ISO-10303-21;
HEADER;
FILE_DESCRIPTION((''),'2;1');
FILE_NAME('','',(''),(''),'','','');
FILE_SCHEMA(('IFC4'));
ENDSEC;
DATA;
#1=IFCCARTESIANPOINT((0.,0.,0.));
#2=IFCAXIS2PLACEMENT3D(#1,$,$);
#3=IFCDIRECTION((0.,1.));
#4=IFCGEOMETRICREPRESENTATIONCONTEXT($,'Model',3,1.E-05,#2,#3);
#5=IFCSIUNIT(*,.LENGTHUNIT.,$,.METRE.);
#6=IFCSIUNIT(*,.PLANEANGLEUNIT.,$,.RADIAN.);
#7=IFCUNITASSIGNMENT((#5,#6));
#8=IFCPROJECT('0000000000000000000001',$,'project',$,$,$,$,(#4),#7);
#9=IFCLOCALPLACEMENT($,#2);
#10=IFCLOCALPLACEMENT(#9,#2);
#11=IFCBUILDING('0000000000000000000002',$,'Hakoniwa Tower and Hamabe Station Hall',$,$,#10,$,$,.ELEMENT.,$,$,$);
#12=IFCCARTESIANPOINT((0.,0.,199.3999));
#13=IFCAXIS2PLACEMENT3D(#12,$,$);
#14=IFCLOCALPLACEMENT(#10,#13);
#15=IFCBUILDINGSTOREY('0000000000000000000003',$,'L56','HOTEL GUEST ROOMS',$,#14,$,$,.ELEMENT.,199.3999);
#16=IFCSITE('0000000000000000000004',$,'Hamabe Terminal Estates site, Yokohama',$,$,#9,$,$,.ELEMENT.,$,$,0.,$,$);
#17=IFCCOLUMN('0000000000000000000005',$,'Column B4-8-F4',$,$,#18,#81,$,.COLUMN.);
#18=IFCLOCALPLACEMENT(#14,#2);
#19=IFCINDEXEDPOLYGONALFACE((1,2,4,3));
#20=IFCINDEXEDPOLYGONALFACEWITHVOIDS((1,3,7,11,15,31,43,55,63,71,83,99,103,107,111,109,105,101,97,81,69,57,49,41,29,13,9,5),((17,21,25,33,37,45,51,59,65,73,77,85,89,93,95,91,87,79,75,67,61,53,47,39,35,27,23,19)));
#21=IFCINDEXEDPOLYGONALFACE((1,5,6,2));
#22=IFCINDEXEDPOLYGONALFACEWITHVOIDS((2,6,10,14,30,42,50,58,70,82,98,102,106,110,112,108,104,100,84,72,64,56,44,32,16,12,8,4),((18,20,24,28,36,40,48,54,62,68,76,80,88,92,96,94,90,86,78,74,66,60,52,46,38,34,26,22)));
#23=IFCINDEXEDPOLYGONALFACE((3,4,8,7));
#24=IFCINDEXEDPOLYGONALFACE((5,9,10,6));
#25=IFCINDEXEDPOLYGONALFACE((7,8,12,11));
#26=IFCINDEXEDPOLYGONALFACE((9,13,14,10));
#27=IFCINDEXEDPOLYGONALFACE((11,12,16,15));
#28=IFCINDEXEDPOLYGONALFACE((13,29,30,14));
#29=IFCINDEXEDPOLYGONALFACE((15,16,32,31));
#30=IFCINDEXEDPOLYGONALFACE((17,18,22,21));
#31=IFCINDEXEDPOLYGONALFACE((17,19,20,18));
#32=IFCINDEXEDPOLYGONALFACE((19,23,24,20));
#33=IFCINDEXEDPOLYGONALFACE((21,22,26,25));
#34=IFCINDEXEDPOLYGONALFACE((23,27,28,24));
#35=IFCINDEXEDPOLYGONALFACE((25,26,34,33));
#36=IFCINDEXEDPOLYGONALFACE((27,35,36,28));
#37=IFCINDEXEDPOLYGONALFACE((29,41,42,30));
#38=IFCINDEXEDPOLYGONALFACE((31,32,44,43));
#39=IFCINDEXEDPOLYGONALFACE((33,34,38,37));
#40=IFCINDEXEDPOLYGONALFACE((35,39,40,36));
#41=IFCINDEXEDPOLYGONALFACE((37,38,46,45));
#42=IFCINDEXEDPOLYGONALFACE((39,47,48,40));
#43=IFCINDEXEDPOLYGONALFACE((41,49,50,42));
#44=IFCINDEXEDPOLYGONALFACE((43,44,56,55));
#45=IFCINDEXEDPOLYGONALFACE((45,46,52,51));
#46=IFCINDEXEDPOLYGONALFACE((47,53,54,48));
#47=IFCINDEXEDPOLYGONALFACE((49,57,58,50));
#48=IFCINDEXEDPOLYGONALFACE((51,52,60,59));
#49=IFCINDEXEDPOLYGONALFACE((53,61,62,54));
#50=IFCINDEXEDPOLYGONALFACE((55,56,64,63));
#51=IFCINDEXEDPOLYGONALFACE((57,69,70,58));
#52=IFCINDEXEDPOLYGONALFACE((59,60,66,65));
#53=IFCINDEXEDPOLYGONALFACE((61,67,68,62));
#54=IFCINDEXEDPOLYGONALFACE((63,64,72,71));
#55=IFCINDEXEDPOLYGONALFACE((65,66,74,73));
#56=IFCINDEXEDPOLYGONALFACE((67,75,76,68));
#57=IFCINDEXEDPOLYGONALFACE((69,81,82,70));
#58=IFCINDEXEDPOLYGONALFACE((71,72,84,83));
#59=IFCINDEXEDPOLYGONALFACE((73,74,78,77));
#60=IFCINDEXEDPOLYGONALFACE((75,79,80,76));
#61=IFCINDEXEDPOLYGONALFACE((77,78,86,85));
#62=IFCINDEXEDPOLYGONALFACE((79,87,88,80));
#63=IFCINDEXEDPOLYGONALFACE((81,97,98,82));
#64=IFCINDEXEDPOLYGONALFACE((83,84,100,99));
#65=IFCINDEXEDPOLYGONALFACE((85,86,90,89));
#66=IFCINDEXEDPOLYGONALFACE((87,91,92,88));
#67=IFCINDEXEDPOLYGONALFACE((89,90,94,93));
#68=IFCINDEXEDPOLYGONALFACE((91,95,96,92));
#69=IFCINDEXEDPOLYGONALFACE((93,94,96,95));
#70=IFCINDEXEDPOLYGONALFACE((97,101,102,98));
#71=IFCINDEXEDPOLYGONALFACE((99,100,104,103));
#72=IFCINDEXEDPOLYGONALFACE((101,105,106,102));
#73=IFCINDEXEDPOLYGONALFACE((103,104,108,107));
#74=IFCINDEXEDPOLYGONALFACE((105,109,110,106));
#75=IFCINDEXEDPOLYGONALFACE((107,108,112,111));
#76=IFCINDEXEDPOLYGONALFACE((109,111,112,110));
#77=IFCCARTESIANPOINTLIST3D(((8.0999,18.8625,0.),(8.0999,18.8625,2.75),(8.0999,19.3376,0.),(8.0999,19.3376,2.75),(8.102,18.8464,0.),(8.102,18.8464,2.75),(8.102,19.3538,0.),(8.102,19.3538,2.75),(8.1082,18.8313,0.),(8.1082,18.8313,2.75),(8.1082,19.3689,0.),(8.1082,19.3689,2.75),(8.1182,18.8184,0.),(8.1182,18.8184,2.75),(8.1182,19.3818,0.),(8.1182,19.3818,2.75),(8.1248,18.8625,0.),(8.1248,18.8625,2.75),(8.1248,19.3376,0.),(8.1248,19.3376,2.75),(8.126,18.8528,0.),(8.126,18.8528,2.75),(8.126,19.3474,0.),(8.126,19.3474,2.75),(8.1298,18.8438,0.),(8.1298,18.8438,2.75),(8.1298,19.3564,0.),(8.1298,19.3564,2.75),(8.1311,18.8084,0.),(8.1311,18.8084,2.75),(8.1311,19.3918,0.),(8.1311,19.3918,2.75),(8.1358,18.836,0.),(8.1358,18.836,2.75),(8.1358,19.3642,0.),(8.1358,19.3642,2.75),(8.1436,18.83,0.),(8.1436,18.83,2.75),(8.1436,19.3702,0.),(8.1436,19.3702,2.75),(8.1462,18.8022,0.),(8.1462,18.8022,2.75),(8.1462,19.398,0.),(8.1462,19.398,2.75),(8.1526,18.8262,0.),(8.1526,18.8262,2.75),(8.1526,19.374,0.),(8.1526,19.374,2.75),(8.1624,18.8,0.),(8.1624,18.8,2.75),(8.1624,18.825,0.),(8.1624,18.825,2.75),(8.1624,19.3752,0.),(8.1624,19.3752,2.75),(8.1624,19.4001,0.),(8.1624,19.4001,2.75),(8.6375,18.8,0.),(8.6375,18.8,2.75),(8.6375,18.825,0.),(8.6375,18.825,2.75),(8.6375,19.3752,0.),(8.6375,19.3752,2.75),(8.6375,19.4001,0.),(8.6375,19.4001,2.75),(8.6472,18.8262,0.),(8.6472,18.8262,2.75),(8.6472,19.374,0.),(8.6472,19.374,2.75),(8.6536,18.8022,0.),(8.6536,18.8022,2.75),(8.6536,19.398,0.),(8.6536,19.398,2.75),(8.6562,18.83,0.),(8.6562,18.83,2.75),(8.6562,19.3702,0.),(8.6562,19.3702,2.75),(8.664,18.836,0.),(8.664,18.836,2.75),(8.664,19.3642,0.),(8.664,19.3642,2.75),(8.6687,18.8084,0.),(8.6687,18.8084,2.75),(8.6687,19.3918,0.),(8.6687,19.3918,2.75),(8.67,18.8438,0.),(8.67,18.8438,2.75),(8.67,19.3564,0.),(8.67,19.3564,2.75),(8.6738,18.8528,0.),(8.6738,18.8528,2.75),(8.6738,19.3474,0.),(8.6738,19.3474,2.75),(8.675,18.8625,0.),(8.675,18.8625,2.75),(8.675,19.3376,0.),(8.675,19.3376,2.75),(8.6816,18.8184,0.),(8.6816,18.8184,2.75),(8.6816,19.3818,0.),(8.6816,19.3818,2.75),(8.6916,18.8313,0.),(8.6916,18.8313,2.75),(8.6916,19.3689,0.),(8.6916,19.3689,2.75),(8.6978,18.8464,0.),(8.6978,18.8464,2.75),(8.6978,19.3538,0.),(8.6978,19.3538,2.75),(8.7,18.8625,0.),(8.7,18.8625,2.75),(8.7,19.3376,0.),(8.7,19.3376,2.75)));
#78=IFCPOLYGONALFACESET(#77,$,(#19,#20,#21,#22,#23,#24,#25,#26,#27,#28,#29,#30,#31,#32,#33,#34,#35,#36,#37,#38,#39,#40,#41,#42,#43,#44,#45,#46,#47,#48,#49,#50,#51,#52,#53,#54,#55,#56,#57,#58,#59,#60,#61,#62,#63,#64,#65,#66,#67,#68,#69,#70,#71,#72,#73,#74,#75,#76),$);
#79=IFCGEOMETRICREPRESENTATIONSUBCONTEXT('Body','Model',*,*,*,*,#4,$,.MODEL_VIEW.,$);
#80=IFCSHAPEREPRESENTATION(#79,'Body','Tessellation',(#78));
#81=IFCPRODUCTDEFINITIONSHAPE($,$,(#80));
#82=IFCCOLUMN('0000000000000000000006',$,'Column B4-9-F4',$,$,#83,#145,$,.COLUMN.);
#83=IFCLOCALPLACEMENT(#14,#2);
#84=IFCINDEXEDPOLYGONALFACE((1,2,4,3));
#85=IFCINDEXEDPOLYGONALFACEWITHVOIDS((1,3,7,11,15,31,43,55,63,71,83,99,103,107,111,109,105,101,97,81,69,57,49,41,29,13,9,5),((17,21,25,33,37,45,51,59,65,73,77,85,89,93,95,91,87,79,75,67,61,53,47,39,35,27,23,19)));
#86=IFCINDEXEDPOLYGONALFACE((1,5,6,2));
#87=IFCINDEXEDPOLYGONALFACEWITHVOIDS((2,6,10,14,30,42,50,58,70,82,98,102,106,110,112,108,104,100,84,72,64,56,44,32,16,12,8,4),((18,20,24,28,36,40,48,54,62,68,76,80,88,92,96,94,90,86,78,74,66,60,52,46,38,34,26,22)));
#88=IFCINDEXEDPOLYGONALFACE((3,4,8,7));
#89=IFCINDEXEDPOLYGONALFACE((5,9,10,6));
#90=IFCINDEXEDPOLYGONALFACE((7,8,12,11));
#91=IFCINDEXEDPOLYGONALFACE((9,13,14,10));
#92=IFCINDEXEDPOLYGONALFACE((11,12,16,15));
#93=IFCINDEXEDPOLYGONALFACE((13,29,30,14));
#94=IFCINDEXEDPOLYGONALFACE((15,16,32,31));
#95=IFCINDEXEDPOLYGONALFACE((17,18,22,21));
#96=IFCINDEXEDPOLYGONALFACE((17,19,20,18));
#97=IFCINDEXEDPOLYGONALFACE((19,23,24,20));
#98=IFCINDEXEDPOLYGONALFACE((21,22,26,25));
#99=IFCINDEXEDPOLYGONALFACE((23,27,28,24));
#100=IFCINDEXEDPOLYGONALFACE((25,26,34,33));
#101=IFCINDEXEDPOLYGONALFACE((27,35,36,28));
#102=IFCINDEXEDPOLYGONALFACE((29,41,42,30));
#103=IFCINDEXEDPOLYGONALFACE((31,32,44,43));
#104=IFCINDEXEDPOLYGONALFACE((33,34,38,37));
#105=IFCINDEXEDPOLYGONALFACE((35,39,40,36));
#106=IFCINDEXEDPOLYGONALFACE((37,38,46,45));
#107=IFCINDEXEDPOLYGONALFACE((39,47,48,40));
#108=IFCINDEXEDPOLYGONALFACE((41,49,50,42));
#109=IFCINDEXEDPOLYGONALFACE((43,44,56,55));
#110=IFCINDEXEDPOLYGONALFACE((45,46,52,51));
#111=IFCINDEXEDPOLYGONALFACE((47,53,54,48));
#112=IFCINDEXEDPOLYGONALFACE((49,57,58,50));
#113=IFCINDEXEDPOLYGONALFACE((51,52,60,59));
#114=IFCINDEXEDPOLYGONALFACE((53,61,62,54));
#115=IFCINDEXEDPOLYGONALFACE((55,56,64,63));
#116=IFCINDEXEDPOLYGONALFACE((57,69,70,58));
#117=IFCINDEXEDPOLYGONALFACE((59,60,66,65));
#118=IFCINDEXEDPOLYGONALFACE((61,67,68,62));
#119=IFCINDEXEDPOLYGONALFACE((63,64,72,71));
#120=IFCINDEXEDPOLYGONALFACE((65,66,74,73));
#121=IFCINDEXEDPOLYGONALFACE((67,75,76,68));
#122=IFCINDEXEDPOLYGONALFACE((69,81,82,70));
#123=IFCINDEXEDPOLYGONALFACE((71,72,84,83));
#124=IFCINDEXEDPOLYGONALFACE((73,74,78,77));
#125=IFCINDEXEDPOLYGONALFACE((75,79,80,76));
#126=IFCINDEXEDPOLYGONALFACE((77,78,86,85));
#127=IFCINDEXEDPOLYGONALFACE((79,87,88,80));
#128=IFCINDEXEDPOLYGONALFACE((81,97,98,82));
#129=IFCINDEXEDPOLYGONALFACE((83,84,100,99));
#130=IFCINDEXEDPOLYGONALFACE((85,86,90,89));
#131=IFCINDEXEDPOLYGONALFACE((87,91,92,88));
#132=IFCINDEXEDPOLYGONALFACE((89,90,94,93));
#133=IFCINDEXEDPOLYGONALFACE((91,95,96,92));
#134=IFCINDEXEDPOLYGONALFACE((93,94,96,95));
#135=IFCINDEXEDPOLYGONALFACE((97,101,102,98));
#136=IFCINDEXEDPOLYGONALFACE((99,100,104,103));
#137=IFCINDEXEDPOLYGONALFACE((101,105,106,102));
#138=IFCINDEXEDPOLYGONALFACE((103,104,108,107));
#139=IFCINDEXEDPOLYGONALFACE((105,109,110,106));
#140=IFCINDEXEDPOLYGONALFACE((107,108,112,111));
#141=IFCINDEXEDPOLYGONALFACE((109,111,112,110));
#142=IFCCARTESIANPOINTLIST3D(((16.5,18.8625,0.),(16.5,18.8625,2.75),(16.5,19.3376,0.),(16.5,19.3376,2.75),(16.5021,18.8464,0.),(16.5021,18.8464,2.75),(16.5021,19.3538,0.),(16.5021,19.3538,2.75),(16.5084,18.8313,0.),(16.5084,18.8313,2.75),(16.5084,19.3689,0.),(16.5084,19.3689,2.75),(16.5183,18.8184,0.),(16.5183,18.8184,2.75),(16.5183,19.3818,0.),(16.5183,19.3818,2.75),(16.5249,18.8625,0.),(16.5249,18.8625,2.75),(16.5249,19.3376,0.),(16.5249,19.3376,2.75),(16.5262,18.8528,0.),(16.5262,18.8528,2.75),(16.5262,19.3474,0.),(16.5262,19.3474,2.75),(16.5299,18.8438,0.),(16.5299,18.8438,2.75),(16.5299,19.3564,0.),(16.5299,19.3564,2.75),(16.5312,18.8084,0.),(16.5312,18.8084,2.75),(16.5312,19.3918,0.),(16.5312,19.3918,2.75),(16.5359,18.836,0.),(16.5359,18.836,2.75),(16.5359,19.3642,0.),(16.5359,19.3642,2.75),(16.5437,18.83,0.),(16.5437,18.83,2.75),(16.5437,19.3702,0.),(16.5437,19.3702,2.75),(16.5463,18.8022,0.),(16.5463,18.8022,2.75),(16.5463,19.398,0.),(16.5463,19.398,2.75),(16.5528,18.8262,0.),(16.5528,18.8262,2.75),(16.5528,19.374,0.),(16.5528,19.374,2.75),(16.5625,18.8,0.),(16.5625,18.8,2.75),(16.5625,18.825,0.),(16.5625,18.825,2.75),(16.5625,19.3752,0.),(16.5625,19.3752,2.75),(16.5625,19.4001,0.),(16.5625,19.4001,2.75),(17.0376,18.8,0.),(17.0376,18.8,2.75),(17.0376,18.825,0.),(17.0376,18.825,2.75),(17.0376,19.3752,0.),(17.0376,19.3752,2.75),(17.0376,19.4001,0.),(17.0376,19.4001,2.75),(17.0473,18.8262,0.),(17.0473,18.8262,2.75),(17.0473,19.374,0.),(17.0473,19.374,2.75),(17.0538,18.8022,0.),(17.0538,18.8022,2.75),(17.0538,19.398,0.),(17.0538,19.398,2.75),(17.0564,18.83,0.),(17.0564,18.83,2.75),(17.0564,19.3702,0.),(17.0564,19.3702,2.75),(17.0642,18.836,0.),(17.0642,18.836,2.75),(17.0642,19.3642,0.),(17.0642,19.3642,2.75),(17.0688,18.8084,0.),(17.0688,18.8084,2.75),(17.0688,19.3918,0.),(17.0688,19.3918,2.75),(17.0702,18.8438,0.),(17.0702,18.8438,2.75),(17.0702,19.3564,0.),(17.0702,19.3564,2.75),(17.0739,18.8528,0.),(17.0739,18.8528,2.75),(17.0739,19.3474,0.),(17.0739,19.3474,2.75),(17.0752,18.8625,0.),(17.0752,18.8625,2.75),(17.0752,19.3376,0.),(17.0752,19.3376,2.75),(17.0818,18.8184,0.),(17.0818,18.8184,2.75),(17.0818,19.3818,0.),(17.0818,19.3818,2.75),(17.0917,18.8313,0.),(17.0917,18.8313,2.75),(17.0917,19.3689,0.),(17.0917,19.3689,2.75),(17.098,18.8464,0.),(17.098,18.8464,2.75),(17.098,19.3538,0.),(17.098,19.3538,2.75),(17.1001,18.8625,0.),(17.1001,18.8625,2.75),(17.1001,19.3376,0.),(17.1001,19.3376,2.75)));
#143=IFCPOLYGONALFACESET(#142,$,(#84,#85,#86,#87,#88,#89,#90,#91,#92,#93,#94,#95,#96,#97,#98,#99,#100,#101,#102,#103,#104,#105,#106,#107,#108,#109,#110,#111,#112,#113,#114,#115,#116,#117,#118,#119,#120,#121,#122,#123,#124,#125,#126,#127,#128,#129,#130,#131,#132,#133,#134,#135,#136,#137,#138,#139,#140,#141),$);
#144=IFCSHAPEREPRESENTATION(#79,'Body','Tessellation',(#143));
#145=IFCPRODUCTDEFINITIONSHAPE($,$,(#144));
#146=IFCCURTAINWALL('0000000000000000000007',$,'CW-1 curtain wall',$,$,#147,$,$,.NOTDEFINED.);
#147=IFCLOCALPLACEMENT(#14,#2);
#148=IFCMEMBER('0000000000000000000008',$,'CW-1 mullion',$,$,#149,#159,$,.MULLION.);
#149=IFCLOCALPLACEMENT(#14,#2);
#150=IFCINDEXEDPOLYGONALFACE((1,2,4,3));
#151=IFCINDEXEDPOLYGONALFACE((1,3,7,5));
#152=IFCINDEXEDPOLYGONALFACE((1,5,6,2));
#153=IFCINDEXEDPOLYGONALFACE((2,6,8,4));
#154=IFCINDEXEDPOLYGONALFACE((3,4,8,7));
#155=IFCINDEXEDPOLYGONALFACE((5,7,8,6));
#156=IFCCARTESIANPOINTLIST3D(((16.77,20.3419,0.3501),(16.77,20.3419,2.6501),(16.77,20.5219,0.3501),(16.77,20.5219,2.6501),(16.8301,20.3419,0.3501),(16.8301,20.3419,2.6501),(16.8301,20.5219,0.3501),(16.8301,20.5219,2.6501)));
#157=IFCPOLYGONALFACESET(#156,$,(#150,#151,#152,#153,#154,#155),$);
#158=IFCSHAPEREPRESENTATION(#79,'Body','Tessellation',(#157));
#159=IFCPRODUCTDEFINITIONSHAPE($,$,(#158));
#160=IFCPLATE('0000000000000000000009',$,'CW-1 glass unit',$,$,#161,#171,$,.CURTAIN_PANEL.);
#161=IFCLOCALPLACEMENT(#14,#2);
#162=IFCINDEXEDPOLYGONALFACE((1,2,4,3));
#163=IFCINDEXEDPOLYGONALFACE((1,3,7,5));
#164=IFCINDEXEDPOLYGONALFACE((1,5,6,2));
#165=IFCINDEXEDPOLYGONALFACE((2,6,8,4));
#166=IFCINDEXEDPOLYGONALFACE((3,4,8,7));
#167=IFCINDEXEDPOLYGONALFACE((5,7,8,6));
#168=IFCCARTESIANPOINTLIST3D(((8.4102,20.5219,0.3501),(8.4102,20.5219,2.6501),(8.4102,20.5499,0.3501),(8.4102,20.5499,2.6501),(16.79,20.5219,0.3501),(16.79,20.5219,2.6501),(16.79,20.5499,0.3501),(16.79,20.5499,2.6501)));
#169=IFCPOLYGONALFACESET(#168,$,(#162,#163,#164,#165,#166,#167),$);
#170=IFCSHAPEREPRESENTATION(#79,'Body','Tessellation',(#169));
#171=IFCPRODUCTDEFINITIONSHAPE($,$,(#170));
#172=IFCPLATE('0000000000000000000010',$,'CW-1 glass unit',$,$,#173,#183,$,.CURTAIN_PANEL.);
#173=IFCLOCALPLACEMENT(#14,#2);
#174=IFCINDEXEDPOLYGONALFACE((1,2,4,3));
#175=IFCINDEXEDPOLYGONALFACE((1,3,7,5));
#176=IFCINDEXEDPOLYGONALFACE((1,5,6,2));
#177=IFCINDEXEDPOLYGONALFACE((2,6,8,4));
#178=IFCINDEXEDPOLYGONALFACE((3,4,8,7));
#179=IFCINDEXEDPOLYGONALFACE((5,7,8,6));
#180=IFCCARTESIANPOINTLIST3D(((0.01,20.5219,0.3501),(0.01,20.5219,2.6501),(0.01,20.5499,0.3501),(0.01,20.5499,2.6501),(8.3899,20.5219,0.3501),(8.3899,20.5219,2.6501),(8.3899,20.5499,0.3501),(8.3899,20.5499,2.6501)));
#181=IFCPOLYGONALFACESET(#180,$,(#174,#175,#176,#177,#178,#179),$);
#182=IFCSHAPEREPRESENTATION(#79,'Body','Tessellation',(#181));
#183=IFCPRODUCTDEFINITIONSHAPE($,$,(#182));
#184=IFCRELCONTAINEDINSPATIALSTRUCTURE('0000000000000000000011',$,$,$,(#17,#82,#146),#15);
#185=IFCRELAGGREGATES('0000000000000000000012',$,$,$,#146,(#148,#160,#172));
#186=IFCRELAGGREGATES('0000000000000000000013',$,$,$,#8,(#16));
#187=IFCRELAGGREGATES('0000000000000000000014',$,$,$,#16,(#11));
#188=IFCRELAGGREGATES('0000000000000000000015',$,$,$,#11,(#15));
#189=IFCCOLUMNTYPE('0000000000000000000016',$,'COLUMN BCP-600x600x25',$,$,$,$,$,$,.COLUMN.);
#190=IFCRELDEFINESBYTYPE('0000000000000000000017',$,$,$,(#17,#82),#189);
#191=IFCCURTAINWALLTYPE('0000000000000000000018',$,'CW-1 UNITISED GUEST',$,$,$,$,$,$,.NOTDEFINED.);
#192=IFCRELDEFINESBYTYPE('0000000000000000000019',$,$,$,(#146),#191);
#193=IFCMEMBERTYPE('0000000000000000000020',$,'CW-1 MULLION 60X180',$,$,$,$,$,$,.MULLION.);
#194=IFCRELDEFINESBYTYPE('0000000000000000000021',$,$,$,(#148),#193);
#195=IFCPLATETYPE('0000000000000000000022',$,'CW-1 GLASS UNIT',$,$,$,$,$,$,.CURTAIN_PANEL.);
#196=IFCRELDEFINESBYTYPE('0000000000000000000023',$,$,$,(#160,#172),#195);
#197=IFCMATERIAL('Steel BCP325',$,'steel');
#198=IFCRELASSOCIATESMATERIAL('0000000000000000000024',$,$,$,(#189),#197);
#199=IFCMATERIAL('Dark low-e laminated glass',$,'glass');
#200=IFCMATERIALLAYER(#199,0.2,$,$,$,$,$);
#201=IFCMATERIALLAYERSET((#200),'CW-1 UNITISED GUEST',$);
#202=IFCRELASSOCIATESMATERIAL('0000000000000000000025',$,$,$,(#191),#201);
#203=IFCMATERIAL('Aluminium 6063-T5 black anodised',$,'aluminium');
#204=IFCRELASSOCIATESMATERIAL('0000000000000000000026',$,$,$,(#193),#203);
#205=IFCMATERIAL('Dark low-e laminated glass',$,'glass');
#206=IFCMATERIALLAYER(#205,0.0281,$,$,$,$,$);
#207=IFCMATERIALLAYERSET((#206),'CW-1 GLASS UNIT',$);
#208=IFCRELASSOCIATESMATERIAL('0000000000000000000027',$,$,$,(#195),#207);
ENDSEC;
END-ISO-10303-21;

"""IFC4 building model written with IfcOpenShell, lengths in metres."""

from ifc_helpers import new_model, si_unit, direction, frame, origin, origin_2d, place, context, subcontext, project, spatial, rectangle, hollow_rectangle, extrude, material, layer, layer_set, material_profile, profile_set, type_object, element, aggregate, save


model = new_model("IFC4")

# Units and contexts
model_context = context("Model", 3, precision=1e-05, world=origin(), true_north=direction((0.0, 1.0)))
body_context = subcontext(model_context, "Body", "Model", "MODEL_VIEW")
ifc_project = project(units=[si_unit("LENGTHUNIT", "METRE"), si_unit("PLANEANGLEUNIT", "RADIAN")], contexts=[model_context])

# Site, building, storey
site_placement = place(None, origin())
site = spatial("IfcSite", under=ifc_project, at=site_placement, Name="Hamabe Terminal Estates site, Yokohama", CompositionType="ELEMENT", RefElevation=0.0)
building_placement = place(site_placement, origin())
building = spatial("IfcBuilding", under=site, at=building_placement, Name="Hakoniwa Tower and Hamabe Station Hall", CompositionType="ELEMENT")
storey_placement = place(building_placement, frame((0.0, 0.0, 199.3999)))
storey = spatial("IfcBuildingStorey", under=building, at=storey_placement, Name="L56", Description="HOTEL GUEST ROOMS", CompositionType="ELEMENT", Elevation=199.3999)

# Columns
ifc_material_1 = material(Name="Steel BCP325", Category="steel")
ifc_material_profile_1 = material_profile(ifc_material_1, hollow_rectangle(XDim=0.6001, YDim=0.6001, WallThickness=0.0249, InnerFilletRadius=0.0376, OuterFilletRadius=0.0625, at=origin_2d()), Name="BCP-600x600x25")
ifc_profile_set_1 = profile_set([ifc_material_profile_1], Name="Steel BCP325")
column_type = type_object("IfcColumnType", Name="COLUMN BCP-600x600x25", PredefinedType="COLUMN", material=ifc_profile_set_1)
for number, where, z_axis, x_axis, name in (
    (1, (8.3999, 19.1001, 0.0), (0.0, 0.0, 1.0), (1.0, 0.0, 0.0), "Column B4-8-F4"),
    (2, (16.8, 19.1001, 0.0), (0.0, 0.0, 1.0), (1.0, 0.0, 0.0), "Column B4-9-F4"),
):
    element("IfcColumn", number, at=place(storey_placement, frame(where, z_axis=z_axis, x_axis=x_axis)), inside=storey, type_object=column_type, Name=name, PredefinedType="COLUMN", context=body_context, shape_type="SweptSolid", body=[
        extrude(hollow_rectangle(XDim=0.6001, YDim=0.6001, WallThickness=0.0249, InnerFilletRadius=0.0376, OuterFilletRadius=0.0625, at=origin_2d()), origin(), (0.0, 0.0, 1.0), 2.75),
    ])

# Curtain wall, member, plates
ifc_material_2 = material(Name="Dark low-e laminated glass", Category="glass")
ifc_layer_1 = layer(ifc_material_2, 0.2)
ifc_layer_set_1 = layer_set([ifc_layer_1], Name="CW-1 UNITISED GUEST")
curtain_wall_type = type_object("IfcCurtainWallType", Name="CW-1 UNITISED GUEST", PredefinedType="NOTDEFINED", material=ifc_layer_set_1)
curtain_wall_placement = place(storey_placement, origin())
curtain_wall = element("IfcCurtainWall", 3, at=curtain_wall_placement, inside=storey, type_object=curtain_wall_type, Name="CW-1 curtain wall", PredefinedType="NOTDEFINED")
ifc_material_3 = material(Name="Aluminium 6063-T5 black anodised", Category="aluminium")
ifc_material_profile_2 = material_profile(ifc_material_3, rectangle(XDim=0.0601, YDim=0.1799, at=origin_2d()), Name="CW-1 MULLION 60X180")
ifc_profile_set_2 = profile_set([ifc_material_profile_2], Name="Aluminium 6063-T5 black anodised")
member_type = type_object("IfcMemberType", Name="CW-1 MULLION 60X180", PredefinedType="MULLION", material=ifc_profile_set_2)
member_placement = place(storey_placement, frame((16.8, 20.4319, 0.3501), z_axis=(0.0, 0.0, 1.0), x_axis=(-1.0, 0.0, 0.0)))
member = element("IfcMember", 4, at=member_placement, type_object=member_type, Name="CW-1 mullion", PredefinedType="MULLION", context=body_context, shape_type="SweptSolid", body=[
    extrude(rectangle(XDim=0.0601, YDim=0.1799, at=origin_2d()), origin(), (0.0, 0.0, 1.0), 2.3),
])
ifc_material_4 = material(Name="Dark low-e laminated glass", Category="glass")
ifc_layer_2 = layer(ifc_material_4, 0.0281)
ifc_layer_set_2 = layer_set([ifc_layer_2], Name="CW-1 GLASS UNIT")
plate_type = type_object("IfcPlateType", Name="CW-1 GLASS UNIT", PredefinedType="CURTAIN_PANEL", material=ifc_layer_set_2)
plate_1_placement = place(storey_placement, frame((12.6001, 20.5359, 0.3501), z_axis=(0.0, 0.0, 1.0), x_axis=(-1.0, 0.0, 0.0)))
plate_1 = element("IfcPlate", 5, at=plate_1_placement, type_object=plate_type, Name="CW-1 glass unit", PredefinedType="CURTAIN_PANEL", context=body_context, shape_type="SweptSolid", body=[
    extrude(rectangle(XDim=8.3799, YDim=0.0281, at=origin_2d()), origin(), (0.0, 0.0, 1.0), 2.3),
])
plate_2_placement = place(storey_placement, frame((4.2, 20.5359, 0.3501), z_axis=(0.0, 0.0, 1.0), x_axis=(-1.0, 0.0, 0.0)))
plate_2 = element("IfcPlate", 6, at=plate_2_placement, type_object=plate_type, Name="CW-1 glass unit", PredefinedType="CURTAIN_PANEL", context=body_context, shape_type="SweptSolid", body=[
    extrude(rectangle(XDim=8.3799, YDim=0.0281, at=origin_2d()), origin(), (0.0, 0.0, 1.0), 2.3),
])
aggregate(curtain_wall, [member, plate_1, plate_2])

save(model, "model.ifc")
